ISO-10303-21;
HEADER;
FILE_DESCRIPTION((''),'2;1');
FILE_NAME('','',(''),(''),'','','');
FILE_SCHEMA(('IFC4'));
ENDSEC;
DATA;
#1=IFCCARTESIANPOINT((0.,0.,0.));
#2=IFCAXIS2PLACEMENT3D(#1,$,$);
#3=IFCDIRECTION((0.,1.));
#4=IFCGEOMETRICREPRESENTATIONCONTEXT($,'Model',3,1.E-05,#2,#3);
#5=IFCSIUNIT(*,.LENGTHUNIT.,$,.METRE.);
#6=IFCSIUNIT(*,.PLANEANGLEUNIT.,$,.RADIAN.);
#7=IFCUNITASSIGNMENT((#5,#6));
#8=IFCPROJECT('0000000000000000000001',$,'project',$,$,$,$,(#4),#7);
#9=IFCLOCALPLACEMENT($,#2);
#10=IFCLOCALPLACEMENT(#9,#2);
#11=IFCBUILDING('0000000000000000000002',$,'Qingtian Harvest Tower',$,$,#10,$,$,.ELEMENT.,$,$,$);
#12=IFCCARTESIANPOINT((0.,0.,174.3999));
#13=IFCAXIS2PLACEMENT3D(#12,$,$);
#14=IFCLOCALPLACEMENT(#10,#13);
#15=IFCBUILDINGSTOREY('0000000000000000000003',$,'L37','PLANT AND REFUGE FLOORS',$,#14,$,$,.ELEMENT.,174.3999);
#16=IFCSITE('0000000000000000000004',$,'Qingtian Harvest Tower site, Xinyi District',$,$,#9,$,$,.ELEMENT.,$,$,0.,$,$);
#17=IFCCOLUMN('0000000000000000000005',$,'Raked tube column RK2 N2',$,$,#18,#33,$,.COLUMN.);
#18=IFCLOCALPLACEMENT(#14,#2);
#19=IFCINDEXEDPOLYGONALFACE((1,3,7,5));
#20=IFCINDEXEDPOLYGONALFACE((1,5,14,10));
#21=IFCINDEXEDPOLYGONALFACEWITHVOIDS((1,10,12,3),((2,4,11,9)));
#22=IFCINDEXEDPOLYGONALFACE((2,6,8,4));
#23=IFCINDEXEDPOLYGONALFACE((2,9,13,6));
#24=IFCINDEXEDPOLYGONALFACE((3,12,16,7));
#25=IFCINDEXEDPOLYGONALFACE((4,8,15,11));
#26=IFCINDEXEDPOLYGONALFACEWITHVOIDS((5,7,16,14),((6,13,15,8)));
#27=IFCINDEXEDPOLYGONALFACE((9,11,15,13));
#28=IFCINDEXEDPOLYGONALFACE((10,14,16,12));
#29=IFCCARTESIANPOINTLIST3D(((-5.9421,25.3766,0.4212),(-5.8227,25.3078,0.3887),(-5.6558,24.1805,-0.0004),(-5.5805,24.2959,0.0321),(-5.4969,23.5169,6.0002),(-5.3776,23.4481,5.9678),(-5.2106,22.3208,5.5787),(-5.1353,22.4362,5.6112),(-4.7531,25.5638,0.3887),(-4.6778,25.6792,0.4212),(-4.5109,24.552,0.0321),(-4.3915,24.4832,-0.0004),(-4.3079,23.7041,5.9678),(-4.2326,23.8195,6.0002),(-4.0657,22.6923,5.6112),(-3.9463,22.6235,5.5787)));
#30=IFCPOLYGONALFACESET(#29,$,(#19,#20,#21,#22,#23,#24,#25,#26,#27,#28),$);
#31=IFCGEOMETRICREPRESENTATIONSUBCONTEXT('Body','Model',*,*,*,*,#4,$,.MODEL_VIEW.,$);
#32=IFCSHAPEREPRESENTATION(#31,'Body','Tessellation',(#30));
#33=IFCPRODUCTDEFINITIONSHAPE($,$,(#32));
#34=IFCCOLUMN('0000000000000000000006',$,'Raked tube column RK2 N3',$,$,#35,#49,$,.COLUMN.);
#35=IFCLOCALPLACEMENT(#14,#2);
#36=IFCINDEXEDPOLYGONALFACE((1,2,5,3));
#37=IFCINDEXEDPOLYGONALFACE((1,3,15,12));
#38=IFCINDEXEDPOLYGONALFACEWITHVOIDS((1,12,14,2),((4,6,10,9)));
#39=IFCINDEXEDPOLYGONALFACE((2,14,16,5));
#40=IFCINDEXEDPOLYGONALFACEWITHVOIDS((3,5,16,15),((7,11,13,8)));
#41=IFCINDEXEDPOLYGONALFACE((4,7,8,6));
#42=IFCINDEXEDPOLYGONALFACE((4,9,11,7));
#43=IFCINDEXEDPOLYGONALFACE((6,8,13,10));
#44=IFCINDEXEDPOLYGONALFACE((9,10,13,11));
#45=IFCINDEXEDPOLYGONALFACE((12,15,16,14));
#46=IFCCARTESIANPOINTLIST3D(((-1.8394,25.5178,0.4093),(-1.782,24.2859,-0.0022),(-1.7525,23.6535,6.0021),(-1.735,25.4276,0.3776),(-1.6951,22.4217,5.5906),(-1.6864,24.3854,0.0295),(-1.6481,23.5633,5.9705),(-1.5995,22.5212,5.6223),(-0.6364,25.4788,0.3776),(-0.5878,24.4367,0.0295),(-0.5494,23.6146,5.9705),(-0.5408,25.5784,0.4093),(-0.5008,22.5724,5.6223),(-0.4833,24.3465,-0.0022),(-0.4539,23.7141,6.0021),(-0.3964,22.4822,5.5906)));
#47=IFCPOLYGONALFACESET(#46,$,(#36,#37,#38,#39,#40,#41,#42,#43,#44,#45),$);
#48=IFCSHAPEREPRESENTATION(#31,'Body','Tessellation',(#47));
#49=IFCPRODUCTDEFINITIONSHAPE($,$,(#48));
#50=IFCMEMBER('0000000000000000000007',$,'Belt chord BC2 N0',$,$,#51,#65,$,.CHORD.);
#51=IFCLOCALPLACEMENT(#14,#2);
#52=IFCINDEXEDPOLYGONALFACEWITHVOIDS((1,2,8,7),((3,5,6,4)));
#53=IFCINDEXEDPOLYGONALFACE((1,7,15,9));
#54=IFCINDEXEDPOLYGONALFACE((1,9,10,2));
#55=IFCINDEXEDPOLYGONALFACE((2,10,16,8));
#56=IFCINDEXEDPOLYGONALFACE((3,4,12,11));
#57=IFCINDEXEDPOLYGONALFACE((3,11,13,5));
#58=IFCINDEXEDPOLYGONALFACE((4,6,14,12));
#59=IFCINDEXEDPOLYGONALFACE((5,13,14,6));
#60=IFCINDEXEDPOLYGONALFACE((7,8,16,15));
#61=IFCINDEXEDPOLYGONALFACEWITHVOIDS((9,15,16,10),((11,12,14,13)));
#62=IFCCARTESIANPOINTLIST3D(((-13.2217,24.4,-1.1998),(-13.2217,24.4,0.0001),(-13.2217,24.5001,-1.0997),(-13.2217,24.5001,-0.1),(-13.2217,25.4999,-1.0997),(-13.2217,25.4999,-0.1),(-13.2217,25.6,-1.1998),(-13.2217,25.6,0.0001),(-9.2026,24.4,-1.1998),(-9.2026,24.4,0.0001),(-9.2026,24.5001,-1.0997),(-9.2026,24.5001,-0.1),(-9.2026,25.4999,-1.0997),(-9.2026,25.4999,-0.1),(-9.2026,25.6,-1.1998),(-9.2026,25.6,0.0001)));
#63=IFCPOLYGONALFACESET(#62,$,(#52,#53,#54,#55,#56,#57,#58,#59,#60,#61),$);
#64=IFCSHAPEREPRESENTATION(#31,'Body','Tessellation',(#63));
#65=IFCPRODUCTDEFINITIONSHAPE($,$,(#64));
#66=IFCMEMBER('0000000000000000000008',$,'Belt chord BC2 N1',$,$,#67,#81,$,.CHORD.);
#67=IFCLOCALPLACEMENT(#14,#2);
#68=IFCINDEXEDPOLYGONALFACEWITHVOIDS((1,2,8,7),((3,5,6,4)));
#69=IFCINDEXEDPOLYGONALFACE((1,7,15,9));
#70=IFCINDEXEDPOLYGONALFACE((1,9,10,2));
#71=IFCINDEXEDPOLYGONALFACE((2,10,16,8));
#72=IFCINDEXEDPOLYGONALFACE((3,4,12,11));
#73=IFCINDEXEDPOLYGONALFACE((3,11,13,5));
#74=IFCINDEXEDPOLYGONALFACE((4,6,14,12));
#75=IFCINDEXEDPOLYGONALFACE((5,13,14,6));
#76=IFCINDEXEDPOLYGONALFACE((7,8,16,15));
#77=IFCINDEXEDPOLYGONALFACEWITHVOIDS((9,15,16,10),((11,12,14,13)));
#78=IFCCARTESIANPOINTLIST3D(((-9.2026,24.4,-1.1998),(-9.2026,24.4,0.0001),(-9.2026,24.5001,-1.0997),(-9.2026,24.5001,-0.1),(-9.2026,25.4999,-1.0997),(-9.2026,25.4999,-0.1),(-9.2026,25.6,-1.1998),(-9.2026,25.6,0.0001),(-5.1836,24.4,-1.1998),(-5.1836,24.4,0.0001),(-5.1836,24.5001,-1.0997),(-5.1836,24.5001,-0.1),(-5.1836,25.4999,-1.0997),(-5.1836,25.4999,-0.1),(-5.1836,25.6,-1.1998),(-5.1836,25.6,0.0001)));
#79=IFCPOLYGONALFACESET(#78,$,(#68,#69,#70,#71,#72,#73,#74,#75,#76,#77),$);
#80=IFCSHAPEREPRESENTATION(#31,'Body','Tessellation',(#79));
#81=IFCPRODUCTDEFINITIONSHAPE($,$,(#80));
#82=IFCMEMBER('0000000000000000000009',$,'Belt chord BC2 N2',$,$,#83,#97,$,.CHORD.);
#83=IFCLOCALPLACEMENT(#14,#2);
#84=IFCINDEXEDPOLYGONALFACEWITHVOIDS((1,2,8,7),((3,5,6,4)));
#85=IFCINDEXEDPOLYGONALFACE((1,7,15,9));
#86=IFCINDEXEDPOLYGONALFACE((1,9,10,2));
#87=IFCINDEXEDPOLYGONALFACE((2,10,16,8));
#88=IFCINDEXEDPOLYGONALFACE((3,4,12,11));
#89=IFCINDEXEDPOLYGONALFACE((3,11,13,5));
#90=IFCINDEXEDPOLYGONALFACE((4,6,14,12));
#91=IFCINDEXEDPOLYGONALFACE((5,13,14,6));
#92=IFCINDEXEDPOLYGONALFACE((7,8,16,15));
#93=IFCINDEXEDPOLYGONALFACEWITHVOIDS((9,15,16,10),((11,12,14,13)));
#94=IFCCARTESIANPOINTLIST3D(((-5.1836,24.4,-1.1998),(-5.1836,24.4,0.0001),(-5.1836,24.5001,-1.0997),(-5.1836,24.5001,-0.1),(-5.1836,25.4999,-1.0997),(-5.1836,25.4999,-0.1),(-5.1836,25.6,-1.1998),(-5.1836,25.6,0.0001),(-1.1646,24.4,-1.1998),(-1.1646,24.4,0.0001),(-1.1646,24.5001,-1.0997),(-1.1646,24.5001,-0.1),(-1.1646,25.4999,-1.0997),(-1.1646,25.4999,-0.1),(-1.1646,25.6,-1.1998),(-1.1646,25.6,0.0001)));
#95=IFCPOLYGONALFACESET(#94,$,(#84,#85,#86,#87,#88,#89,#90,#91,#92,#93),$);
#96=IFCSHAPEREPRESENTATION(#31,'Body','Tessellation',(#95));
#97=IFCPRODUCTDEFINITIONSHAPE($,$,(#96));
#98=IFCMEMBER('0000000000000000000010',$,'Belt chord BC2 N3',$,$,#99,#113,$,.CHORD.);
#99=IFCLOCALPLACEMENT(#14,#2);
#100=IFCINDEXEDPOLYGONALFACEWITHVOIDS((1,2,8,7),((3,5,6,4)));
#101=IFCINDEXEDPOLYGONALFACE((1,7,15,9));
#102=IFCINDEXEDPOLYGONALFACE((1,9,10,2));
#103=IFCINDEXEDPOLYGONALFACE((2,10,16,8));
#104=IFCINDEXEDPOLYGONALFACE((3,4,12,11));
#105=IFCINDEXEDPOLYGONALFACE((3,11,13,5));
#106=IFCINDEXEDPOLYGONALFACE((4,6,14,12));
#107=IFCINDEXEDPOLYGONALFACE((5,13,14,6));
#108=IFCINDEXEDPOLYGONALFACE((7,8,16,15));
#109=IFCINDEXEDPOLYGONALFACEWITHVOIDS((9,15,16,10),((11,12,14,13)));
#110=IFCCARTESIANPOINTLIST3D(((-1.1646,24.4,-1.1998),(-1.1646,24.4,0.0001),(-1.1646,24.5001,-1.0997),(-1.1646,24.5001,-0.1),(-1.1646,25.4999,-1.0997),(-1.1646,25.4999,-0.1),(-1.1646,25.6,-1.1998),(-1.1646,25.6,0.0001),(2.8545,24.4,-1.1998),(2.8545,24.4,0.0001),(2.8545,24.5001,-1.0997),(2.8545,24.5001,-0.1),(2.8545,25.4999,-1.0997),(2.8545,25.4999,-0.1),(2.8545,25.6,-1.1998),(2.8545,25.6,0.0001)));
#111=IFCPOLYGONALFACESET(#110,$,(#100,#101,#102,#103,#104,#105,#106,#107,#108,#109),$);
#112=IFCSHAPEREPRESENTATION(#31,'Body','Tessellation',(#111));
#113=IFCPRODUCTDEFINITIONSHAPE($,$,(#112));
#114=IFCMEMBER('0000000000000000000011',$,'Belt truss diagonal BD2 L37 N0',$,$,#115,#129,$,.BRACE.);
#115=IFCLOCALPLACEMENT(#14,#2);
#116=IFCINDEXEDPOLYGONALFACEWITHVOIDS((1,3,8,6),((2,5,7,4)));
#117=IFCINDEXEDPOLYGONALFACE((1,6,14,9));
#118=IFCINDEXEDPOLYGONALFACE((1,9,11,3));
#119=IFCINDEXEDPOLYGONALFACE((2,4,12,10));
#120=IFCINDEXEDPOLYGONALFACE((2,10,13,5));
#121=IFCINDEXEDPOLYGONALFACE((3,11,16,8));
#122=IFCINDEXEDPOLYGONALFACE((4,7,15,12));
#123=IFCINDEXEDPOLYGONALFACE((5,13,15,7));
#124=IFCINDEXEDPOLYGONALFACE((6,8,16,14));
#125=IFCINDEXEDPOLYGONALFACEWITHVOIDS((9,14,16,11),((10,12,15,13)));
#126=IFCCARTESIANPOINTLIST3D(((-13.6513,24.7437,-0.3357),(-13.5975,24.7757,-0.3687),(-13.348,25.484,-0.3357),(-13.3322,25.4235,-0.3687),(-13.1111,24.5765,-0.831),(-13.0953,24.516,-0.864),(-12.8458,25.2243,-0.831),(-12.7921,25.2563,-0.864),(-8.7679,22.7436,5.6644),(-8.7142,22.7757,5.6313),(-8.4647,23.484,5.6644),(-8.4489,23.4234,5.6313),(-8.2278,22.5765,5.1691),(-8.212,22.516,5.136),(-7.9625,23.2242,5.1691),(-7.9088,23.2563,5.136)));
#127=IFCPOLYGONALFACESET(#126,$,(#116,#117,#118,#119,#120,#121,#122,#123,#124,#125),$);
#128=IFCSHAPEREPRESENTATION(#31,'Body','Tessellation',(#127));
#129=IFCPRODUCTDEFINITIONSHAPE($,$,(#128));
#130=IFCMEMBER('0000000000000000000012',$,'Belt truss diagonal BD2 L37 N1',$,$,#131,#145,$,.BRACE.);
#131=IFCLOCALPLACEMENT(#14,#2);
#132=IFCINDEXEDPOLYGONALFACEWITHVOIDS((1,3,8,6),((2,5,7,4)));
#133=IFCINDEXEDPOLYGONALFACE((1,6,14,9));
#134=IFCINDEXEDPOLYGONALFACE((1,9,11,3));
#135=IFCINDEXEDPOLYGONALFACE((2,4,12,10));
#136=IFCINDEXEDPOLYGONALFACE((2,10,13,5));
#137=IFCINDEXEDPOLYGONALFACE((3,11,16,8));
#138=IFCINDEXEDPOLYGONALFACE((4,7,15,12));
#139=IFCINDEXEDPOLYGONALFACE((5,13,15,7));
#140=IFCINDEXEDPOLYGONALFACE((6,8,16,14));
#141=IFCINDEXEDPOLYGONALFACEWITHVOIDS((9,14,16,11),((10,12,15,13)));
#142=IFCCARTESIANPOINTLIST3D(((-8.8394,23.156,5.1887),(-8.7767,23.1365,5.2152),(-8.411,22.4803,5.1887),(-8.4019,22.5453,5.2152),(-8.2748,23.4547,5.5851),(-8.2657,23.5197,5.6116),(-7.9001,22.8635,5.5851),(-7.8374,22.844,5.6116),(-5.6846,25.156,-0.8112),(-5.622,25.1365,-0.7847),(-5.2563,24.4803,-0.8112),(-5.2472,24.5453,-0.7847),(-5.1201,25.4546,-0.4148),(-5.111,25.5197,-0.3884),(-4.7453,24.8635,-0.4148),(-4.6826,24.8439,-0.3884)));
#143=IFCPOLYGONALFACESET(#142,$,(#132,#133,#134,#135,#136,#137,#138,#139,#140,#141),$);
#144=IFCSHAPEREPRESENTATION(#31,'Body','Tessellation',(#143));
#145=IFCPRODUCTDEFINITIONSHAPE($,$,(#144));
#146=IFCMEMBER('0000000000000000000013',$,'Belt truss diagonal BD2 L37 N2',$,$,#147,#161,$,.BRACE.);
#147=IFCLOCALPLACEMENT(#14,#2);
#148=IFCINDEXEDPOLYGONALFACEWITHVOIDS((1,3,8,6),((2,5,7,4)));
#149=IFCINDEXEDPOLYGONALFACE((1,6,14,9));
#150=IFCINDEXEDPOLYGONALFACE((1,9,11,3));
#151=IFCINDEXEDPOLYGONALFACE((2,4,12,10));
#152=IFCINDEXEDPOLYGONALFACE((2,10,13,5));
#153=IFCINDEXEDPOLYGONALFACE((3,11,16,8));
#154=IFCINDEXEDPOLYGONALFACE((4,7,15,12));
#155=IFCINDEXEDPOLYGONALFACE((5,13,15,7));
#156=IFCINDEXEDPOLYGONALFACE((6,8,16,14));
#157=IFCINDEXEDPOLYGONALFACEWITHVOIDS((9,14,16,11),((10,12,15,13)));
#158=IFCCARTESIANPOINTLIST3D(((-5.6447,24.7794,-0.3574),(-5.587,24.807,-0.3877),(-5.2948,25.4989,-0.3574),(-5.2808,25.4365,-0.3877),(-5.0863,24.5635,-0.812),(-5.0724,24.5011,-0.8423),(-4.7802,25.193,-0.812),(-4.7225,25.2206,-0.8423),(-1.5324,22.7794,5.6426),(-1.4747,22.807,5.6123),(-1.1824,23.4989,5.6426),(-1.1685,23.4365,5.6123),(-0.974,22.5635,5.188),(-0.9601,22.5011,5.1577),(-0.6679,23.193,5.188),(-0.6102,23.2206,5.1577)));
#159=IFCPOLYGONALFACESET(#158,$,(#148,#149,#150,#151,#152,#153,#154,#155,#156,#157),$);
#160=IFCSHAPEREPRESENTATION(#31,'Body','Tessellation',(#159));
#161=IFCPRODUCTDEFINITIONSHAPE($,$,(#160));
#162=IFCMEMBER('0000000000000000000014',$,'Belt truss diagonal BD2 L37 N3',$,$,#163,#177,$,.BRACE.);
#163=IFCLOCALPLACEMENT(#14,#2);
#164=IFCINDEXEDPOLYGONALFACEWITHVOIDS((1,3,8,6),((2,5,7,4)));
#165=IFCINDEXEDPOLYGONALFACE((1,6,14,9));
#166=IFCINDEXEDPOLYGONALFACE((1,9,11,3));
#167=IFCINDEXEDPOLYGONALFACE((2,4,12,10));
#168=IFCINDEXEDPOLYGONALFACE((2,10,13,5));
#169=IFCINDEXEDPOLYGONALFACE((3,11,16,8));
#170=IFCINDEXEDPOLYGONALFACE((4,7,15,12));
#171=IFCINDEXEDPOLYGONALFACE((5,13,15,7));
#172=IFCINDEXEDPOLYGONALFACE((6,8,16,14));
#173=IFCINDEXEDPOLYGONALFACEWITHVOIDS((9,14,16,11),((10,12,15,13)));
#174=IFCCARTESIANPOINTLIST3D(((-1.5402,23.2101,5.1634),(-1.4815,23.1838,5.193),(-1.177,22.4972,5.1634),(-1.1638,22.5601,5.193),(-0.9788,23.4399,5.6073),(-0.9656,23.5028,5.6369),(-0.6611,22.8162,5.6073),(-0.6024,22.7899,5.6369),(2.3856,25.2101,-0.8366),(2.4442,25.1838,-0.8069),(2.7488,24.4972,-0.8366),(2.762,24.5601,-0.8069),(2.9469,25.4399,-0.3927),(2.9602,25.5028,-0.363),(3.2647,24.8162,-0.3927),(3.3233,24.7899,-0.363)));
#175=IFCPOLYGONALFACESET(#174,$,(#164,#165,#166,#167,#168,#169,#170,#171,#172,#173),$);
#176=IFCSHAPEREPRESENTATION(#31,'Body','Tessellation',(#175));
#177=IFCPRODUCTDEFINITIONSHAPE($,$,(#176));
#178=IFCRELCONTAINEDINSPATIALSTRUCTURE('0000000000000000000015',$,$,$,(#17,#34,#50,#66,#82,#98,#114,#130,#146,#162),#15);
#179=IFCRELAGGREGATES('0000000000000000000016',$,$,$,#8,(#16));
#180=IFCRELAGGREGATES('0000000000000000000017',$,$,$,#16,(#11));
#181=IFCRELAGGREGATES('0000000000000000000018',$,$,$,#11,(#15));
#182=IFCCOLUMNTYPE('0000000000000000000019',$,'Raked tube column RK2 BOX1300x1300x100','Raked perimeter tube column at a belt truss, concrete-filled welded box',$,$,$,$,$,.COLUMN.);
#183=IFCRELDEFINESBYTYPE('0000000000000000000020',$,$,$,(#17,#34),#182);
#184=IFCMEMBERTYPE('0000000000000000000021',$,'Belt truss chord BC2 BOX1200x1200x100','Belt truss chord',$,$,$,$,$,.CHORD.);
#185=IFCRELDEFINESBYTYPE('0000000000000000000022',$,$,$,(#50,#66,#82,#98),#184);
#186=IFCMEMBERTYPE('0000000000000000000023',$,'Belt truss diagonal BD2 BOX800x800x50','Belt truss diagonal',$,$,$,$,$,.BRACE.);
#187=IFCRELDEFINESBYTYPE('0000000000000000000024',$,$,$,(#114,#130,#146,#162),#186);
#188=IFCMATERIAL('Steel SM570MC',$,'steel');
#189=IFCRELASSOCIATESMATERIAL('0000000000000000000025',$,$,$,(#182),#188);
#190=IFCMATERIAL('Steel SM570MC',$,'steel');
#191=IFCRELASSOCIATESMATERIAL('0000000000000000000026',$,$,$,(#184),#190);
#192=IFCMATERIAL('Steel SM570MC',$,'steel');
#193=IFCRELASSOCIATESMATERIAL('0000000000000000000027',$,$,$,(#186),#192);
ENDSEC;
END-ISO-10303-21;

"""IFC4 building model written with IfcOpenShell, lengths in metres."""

from ifc_helpers import new_model, si_unit, direction, frame, origin, origin_2d, place, context, subcontext, project, spatial, hollow_rectangle, extrude, clip, halfspace, material, material_profile, profile_set, type_object, element, save


model = new_model("IFC4")

# Units and contexts
model_context = context("Model", 3, precision=1e-05, world=origin(), true_north=direction((0.0, 1.0)))
body_context = subcontext(model_context, "Body", "Model", "MODEL_VIEW")
ifc_project = project(units=[si_unit("LENGTHUNIT", "METRE"), si_unit("PLANEANGLEUNIT", "RADIAN")], contexts=[model_context])

# Site, building, storey
site_placement = place(None, origin())
site = spatial("IfcSite", under=ifc_project, at=site_placement, Name="Qingtian Harvest Tower site, Xinyi District", CompositionType="ELEMENT", RefElevation=0.0)
building_placement = place(site_placement, origin())
building = spatial("IfcBuilding", under=site, at=building_placement, Name="Qingtian Harvest Tower", CompositionType="ELEMENT")
storey_placement = place(building_placement, frame((0.0, 0.0, 174.3999)))
storey = spatial("IfcBuildingStorey", under=building, at=storey_placement, Name="L37", Description="PLANT AND REFUGE FLOORS", CompositionType="ELEMENT", Elevation=174.3999)

# Columns
ifc_material_1 = material(Name="Steel SM570MC", Category="steel")
ifc_material_profile_1 = material_profile(ifc_material_1, hollow_rectangle(XDim=1.3, YDim=1.3, WallThickness=0.1001, at=origin_2d()), Name="BOX1300x1300x100")
ifc_profile_set_1 = profile_set([ifc_material_profile_1], Name="Steel SM570MC")
column_type = type_object("IfcColumnType", Name="Raked tube column RK2 BOX1300x1300x100", Description="Raked perimeter tube column at a belt truss, concrete-filled welded box", PredefinedType="COLUMN", material=ifc_profile_set_1)
column_1_placement = place(storey_placement, frame((-5.1836, 25.0, 0.0), z_axis=(0.075483, -0.315326, 0.945977), x_axis=(-0.972524, -0.232803, 0.0)))
element("IfcColumn", 1, at=column_1_placement, inside=storey, type_object=column_type, Name="Raked tube column RK2 N2", PredefinedType="COLUMN", context=body_context, shape_type="Clipping", body=[
    clip(clip(extrude(hollow_rectangle(XDim=1.3, YDim=1.3, WallThickness=0.1001, at=origin_2d()), origin(), (0.0, 0.0, 1.0), 6.3425), halfspace(frame((0.0, 0.0, 0.2224), z_axis=(0.0, 0.0, -1.0), x_axis=(0.0, -1.0, 0.0)), False)), halfspace(frame((0.0, 0.0, 6.1201), z_axis=(0.0, 0.0, 1.0), x_axis=(0.0, 1.0, 0.0)), False)),
])
column_2_placement = place(storey_placement, frame((-1.1646, 25.0, 0.0), z_axis=(0.014744, -0.316193, 0.94858), x_axis=(-0.998915, -0.04658, 0.0)))
element("IfcColumn", 2, at=column_2_placement, inside=storey, type_object=column_type, Name="Raked tube column RK2 N3", PredefinedType="COLUMN", context=body_context, shape_type="Clipping", body=[
    clip(clip(extrude(hollow_rectangle(XDim=1.3, YDim=1.3, WallThickness=0.1001, at=origin_2d()), origin(), (0.0, 0.0, 1.0), 6.3252), halfspace(frame((0.0, 0.0, 0.2146), z_axis=(0.0, 0.0, -1.0), x_axis=(0.0, -1.0, 0.0)), False)), halfspace(frame((0.0, 0.0, 6.1106), z_axis=(0.0, 0.0, 1.0), x_axis=(0.0, 1.0, 0.0)), False)),
])

# Members
ifc_material_2 = material(Name="Steel SM570MC", Category="steel")
ifc_material_profile_2 = material_profile(ifc_material_2, hollow_rectangle(XDim=1.2, YDim=1.2, WallThickness=0.1001, at=origin_2d()), Name="BOX1200x1200x100")
ifc_profile_set_2 = profile_set([ifc_material_profile_2], Name="Steel SM570MC")
member_type_1 = type_object("IfcMemberType", Name="Belt truss chord BC2 BOX1200x1200x100", Description="Belt truss chord", PredefinedType="CHORD", material=ifc_profile_set_2)
for number, where, z_axis, x_axis, name in (
    (3, (-13.2217, 25.0, -0.5999), (1.0, 0.0, 0.0), (0.0, 1.0, 0.0), "Belt chord BC2 N0"),
    (4, (-9.2026, 25.0, -0.5999), (1.0, 0.0, 0.0), (0.0, 1.0, 0.0), "Belt chord BC2 N1"),
    (5, (-5.1836, 25.0, -0.5999), (1.0, 0.0, 0.0), (0.0, 1.0, 0.0), "Belt chord BC2 N2"),
    (6, (-1.1646, 25.0, -0.5999), (1.0, 0.0, 0.0), (0.0, 1.0, 0.0), "Belt chord BC2 N3"),
):
    element("IfcMember", number, at=place(storey_placement, frame(where, z_axis=z_axis, x_axis=x_axis)), inside=storey, type_object=member_type_1, Name=name, PredefinedType="CHORD", context=body_context, shape_type="SweptSolid", body=[
        extrude(hollow_rectangle(XDim=1.2, YDim=1.2, WallThickness=0.1001, at=origin_2d()), origin(), (0.0, 0.0, 1.0), 4.019),
    ])
ifc_material_3 = material(Name="Steel SM570MC", Category="steel")
ifc_material_profile_3 = material_profile(ifc_material_3, hollow_rectangle(XDim=0.8, YDim=0.8, WallThickness=0.05, at=origin_2d()), Name="BOX800x800x50")
ifc_profile_set_3 = profile_set([ifc_material_profile_3], Name="Steel SM570MC")
member_type_2 = type_object("IfcMemberType", Name="Belt truss diagonal BD2 BOX800x800x50", Description="Belt truss diagonal", PredefinedType="BRACE", material=ifc_profile_set_3)
member_1_placement = place(storey_placement, frame((-13.2217, 25.0, -0.5999), z_axis=(0.611145, -0.2503, 0.7509), x_axis=(0.379004, 0.925395, 0.0)))
element("IfcMember", 7, at=member_1_placement, inside=storey, type_object=member_type_2, Name="Belt truss diagonal BD2 L37 N0", PredefinedType="BRACE", context=body_context, shape_type="SweptSolid", body=[
    extrude(hollow_rectangle(XDim=0.8, YDim=0.8, WallThickness=0.05, at=origin_2d()), origin(), (0.0, 0.0, 1.0), 7.9905),
])
member_2_placement = place(storey_placement, frame((-8.3384, 23.0, 5.4001), z_axis=(0.446365, 0.282977, -0.84893), x_axis=(-0.535428, 0.844581, 0.0)))
element("IfcMember", 8, at=member_2_placement, inside=storey, type_object=member_type_2, Name="Belt truss diagonal BD2 L37 N1", PredefinedType="BRACE", context=body_context, shape_type="SweptSolid", body=[
    extrude(hollow_rectangle(XDim=0.8, YDim=0.8, WallThickness=0.05, at=origin_2d()), origin(), (0.0, 0.0, 1.0), 7.0676),
])
member_3_placement = place(storey_placement, frame((-5.1836, 25.0, -0.5999), z_axis=(0.545114, -0.265113, 0.79534), x_axis=(0.437363, 0.899285, 0.0)))
element("IfcMember", 9, at=member_3_placement, inside=storey, type_object=member_type_2, Name="Belt truss diagonal BD2 L37 N2", PredefinedType="BRACE", context=body_context, shape_type="SweptSolid", body=[
    extrude(hollow_rectangle(XDim=0.8, YDim=0.8, WallThickness=0.05, at=origin_2d()), origin(), (0.0, 0.0, 1.0), 7.5439),
])
member_4_placement = place(storey_placement, frame((-1.0713, 23.0, 5.4001), z_axis=(0.527382, 0.268676, -0.806028), x_axis=(-0.453939, 0.891033, 0.0)))
element("IfcMember", 10, at=member_4_placement, inside=storey, type_object=member_type_2, Name="Belt truss diagonal BD2 L37 N3", PredefinedType="BRACE", context=body_context, shape_type="SweptSolid", body=[
    extrude(hollow_rectangle(XDim=0.8, YDim=0.8, WallThickness=0.05, at=origin_2d()), origin(), (0.0, 0.0, 1.0), 7.4438),
])

save(model, "model.ifc")
